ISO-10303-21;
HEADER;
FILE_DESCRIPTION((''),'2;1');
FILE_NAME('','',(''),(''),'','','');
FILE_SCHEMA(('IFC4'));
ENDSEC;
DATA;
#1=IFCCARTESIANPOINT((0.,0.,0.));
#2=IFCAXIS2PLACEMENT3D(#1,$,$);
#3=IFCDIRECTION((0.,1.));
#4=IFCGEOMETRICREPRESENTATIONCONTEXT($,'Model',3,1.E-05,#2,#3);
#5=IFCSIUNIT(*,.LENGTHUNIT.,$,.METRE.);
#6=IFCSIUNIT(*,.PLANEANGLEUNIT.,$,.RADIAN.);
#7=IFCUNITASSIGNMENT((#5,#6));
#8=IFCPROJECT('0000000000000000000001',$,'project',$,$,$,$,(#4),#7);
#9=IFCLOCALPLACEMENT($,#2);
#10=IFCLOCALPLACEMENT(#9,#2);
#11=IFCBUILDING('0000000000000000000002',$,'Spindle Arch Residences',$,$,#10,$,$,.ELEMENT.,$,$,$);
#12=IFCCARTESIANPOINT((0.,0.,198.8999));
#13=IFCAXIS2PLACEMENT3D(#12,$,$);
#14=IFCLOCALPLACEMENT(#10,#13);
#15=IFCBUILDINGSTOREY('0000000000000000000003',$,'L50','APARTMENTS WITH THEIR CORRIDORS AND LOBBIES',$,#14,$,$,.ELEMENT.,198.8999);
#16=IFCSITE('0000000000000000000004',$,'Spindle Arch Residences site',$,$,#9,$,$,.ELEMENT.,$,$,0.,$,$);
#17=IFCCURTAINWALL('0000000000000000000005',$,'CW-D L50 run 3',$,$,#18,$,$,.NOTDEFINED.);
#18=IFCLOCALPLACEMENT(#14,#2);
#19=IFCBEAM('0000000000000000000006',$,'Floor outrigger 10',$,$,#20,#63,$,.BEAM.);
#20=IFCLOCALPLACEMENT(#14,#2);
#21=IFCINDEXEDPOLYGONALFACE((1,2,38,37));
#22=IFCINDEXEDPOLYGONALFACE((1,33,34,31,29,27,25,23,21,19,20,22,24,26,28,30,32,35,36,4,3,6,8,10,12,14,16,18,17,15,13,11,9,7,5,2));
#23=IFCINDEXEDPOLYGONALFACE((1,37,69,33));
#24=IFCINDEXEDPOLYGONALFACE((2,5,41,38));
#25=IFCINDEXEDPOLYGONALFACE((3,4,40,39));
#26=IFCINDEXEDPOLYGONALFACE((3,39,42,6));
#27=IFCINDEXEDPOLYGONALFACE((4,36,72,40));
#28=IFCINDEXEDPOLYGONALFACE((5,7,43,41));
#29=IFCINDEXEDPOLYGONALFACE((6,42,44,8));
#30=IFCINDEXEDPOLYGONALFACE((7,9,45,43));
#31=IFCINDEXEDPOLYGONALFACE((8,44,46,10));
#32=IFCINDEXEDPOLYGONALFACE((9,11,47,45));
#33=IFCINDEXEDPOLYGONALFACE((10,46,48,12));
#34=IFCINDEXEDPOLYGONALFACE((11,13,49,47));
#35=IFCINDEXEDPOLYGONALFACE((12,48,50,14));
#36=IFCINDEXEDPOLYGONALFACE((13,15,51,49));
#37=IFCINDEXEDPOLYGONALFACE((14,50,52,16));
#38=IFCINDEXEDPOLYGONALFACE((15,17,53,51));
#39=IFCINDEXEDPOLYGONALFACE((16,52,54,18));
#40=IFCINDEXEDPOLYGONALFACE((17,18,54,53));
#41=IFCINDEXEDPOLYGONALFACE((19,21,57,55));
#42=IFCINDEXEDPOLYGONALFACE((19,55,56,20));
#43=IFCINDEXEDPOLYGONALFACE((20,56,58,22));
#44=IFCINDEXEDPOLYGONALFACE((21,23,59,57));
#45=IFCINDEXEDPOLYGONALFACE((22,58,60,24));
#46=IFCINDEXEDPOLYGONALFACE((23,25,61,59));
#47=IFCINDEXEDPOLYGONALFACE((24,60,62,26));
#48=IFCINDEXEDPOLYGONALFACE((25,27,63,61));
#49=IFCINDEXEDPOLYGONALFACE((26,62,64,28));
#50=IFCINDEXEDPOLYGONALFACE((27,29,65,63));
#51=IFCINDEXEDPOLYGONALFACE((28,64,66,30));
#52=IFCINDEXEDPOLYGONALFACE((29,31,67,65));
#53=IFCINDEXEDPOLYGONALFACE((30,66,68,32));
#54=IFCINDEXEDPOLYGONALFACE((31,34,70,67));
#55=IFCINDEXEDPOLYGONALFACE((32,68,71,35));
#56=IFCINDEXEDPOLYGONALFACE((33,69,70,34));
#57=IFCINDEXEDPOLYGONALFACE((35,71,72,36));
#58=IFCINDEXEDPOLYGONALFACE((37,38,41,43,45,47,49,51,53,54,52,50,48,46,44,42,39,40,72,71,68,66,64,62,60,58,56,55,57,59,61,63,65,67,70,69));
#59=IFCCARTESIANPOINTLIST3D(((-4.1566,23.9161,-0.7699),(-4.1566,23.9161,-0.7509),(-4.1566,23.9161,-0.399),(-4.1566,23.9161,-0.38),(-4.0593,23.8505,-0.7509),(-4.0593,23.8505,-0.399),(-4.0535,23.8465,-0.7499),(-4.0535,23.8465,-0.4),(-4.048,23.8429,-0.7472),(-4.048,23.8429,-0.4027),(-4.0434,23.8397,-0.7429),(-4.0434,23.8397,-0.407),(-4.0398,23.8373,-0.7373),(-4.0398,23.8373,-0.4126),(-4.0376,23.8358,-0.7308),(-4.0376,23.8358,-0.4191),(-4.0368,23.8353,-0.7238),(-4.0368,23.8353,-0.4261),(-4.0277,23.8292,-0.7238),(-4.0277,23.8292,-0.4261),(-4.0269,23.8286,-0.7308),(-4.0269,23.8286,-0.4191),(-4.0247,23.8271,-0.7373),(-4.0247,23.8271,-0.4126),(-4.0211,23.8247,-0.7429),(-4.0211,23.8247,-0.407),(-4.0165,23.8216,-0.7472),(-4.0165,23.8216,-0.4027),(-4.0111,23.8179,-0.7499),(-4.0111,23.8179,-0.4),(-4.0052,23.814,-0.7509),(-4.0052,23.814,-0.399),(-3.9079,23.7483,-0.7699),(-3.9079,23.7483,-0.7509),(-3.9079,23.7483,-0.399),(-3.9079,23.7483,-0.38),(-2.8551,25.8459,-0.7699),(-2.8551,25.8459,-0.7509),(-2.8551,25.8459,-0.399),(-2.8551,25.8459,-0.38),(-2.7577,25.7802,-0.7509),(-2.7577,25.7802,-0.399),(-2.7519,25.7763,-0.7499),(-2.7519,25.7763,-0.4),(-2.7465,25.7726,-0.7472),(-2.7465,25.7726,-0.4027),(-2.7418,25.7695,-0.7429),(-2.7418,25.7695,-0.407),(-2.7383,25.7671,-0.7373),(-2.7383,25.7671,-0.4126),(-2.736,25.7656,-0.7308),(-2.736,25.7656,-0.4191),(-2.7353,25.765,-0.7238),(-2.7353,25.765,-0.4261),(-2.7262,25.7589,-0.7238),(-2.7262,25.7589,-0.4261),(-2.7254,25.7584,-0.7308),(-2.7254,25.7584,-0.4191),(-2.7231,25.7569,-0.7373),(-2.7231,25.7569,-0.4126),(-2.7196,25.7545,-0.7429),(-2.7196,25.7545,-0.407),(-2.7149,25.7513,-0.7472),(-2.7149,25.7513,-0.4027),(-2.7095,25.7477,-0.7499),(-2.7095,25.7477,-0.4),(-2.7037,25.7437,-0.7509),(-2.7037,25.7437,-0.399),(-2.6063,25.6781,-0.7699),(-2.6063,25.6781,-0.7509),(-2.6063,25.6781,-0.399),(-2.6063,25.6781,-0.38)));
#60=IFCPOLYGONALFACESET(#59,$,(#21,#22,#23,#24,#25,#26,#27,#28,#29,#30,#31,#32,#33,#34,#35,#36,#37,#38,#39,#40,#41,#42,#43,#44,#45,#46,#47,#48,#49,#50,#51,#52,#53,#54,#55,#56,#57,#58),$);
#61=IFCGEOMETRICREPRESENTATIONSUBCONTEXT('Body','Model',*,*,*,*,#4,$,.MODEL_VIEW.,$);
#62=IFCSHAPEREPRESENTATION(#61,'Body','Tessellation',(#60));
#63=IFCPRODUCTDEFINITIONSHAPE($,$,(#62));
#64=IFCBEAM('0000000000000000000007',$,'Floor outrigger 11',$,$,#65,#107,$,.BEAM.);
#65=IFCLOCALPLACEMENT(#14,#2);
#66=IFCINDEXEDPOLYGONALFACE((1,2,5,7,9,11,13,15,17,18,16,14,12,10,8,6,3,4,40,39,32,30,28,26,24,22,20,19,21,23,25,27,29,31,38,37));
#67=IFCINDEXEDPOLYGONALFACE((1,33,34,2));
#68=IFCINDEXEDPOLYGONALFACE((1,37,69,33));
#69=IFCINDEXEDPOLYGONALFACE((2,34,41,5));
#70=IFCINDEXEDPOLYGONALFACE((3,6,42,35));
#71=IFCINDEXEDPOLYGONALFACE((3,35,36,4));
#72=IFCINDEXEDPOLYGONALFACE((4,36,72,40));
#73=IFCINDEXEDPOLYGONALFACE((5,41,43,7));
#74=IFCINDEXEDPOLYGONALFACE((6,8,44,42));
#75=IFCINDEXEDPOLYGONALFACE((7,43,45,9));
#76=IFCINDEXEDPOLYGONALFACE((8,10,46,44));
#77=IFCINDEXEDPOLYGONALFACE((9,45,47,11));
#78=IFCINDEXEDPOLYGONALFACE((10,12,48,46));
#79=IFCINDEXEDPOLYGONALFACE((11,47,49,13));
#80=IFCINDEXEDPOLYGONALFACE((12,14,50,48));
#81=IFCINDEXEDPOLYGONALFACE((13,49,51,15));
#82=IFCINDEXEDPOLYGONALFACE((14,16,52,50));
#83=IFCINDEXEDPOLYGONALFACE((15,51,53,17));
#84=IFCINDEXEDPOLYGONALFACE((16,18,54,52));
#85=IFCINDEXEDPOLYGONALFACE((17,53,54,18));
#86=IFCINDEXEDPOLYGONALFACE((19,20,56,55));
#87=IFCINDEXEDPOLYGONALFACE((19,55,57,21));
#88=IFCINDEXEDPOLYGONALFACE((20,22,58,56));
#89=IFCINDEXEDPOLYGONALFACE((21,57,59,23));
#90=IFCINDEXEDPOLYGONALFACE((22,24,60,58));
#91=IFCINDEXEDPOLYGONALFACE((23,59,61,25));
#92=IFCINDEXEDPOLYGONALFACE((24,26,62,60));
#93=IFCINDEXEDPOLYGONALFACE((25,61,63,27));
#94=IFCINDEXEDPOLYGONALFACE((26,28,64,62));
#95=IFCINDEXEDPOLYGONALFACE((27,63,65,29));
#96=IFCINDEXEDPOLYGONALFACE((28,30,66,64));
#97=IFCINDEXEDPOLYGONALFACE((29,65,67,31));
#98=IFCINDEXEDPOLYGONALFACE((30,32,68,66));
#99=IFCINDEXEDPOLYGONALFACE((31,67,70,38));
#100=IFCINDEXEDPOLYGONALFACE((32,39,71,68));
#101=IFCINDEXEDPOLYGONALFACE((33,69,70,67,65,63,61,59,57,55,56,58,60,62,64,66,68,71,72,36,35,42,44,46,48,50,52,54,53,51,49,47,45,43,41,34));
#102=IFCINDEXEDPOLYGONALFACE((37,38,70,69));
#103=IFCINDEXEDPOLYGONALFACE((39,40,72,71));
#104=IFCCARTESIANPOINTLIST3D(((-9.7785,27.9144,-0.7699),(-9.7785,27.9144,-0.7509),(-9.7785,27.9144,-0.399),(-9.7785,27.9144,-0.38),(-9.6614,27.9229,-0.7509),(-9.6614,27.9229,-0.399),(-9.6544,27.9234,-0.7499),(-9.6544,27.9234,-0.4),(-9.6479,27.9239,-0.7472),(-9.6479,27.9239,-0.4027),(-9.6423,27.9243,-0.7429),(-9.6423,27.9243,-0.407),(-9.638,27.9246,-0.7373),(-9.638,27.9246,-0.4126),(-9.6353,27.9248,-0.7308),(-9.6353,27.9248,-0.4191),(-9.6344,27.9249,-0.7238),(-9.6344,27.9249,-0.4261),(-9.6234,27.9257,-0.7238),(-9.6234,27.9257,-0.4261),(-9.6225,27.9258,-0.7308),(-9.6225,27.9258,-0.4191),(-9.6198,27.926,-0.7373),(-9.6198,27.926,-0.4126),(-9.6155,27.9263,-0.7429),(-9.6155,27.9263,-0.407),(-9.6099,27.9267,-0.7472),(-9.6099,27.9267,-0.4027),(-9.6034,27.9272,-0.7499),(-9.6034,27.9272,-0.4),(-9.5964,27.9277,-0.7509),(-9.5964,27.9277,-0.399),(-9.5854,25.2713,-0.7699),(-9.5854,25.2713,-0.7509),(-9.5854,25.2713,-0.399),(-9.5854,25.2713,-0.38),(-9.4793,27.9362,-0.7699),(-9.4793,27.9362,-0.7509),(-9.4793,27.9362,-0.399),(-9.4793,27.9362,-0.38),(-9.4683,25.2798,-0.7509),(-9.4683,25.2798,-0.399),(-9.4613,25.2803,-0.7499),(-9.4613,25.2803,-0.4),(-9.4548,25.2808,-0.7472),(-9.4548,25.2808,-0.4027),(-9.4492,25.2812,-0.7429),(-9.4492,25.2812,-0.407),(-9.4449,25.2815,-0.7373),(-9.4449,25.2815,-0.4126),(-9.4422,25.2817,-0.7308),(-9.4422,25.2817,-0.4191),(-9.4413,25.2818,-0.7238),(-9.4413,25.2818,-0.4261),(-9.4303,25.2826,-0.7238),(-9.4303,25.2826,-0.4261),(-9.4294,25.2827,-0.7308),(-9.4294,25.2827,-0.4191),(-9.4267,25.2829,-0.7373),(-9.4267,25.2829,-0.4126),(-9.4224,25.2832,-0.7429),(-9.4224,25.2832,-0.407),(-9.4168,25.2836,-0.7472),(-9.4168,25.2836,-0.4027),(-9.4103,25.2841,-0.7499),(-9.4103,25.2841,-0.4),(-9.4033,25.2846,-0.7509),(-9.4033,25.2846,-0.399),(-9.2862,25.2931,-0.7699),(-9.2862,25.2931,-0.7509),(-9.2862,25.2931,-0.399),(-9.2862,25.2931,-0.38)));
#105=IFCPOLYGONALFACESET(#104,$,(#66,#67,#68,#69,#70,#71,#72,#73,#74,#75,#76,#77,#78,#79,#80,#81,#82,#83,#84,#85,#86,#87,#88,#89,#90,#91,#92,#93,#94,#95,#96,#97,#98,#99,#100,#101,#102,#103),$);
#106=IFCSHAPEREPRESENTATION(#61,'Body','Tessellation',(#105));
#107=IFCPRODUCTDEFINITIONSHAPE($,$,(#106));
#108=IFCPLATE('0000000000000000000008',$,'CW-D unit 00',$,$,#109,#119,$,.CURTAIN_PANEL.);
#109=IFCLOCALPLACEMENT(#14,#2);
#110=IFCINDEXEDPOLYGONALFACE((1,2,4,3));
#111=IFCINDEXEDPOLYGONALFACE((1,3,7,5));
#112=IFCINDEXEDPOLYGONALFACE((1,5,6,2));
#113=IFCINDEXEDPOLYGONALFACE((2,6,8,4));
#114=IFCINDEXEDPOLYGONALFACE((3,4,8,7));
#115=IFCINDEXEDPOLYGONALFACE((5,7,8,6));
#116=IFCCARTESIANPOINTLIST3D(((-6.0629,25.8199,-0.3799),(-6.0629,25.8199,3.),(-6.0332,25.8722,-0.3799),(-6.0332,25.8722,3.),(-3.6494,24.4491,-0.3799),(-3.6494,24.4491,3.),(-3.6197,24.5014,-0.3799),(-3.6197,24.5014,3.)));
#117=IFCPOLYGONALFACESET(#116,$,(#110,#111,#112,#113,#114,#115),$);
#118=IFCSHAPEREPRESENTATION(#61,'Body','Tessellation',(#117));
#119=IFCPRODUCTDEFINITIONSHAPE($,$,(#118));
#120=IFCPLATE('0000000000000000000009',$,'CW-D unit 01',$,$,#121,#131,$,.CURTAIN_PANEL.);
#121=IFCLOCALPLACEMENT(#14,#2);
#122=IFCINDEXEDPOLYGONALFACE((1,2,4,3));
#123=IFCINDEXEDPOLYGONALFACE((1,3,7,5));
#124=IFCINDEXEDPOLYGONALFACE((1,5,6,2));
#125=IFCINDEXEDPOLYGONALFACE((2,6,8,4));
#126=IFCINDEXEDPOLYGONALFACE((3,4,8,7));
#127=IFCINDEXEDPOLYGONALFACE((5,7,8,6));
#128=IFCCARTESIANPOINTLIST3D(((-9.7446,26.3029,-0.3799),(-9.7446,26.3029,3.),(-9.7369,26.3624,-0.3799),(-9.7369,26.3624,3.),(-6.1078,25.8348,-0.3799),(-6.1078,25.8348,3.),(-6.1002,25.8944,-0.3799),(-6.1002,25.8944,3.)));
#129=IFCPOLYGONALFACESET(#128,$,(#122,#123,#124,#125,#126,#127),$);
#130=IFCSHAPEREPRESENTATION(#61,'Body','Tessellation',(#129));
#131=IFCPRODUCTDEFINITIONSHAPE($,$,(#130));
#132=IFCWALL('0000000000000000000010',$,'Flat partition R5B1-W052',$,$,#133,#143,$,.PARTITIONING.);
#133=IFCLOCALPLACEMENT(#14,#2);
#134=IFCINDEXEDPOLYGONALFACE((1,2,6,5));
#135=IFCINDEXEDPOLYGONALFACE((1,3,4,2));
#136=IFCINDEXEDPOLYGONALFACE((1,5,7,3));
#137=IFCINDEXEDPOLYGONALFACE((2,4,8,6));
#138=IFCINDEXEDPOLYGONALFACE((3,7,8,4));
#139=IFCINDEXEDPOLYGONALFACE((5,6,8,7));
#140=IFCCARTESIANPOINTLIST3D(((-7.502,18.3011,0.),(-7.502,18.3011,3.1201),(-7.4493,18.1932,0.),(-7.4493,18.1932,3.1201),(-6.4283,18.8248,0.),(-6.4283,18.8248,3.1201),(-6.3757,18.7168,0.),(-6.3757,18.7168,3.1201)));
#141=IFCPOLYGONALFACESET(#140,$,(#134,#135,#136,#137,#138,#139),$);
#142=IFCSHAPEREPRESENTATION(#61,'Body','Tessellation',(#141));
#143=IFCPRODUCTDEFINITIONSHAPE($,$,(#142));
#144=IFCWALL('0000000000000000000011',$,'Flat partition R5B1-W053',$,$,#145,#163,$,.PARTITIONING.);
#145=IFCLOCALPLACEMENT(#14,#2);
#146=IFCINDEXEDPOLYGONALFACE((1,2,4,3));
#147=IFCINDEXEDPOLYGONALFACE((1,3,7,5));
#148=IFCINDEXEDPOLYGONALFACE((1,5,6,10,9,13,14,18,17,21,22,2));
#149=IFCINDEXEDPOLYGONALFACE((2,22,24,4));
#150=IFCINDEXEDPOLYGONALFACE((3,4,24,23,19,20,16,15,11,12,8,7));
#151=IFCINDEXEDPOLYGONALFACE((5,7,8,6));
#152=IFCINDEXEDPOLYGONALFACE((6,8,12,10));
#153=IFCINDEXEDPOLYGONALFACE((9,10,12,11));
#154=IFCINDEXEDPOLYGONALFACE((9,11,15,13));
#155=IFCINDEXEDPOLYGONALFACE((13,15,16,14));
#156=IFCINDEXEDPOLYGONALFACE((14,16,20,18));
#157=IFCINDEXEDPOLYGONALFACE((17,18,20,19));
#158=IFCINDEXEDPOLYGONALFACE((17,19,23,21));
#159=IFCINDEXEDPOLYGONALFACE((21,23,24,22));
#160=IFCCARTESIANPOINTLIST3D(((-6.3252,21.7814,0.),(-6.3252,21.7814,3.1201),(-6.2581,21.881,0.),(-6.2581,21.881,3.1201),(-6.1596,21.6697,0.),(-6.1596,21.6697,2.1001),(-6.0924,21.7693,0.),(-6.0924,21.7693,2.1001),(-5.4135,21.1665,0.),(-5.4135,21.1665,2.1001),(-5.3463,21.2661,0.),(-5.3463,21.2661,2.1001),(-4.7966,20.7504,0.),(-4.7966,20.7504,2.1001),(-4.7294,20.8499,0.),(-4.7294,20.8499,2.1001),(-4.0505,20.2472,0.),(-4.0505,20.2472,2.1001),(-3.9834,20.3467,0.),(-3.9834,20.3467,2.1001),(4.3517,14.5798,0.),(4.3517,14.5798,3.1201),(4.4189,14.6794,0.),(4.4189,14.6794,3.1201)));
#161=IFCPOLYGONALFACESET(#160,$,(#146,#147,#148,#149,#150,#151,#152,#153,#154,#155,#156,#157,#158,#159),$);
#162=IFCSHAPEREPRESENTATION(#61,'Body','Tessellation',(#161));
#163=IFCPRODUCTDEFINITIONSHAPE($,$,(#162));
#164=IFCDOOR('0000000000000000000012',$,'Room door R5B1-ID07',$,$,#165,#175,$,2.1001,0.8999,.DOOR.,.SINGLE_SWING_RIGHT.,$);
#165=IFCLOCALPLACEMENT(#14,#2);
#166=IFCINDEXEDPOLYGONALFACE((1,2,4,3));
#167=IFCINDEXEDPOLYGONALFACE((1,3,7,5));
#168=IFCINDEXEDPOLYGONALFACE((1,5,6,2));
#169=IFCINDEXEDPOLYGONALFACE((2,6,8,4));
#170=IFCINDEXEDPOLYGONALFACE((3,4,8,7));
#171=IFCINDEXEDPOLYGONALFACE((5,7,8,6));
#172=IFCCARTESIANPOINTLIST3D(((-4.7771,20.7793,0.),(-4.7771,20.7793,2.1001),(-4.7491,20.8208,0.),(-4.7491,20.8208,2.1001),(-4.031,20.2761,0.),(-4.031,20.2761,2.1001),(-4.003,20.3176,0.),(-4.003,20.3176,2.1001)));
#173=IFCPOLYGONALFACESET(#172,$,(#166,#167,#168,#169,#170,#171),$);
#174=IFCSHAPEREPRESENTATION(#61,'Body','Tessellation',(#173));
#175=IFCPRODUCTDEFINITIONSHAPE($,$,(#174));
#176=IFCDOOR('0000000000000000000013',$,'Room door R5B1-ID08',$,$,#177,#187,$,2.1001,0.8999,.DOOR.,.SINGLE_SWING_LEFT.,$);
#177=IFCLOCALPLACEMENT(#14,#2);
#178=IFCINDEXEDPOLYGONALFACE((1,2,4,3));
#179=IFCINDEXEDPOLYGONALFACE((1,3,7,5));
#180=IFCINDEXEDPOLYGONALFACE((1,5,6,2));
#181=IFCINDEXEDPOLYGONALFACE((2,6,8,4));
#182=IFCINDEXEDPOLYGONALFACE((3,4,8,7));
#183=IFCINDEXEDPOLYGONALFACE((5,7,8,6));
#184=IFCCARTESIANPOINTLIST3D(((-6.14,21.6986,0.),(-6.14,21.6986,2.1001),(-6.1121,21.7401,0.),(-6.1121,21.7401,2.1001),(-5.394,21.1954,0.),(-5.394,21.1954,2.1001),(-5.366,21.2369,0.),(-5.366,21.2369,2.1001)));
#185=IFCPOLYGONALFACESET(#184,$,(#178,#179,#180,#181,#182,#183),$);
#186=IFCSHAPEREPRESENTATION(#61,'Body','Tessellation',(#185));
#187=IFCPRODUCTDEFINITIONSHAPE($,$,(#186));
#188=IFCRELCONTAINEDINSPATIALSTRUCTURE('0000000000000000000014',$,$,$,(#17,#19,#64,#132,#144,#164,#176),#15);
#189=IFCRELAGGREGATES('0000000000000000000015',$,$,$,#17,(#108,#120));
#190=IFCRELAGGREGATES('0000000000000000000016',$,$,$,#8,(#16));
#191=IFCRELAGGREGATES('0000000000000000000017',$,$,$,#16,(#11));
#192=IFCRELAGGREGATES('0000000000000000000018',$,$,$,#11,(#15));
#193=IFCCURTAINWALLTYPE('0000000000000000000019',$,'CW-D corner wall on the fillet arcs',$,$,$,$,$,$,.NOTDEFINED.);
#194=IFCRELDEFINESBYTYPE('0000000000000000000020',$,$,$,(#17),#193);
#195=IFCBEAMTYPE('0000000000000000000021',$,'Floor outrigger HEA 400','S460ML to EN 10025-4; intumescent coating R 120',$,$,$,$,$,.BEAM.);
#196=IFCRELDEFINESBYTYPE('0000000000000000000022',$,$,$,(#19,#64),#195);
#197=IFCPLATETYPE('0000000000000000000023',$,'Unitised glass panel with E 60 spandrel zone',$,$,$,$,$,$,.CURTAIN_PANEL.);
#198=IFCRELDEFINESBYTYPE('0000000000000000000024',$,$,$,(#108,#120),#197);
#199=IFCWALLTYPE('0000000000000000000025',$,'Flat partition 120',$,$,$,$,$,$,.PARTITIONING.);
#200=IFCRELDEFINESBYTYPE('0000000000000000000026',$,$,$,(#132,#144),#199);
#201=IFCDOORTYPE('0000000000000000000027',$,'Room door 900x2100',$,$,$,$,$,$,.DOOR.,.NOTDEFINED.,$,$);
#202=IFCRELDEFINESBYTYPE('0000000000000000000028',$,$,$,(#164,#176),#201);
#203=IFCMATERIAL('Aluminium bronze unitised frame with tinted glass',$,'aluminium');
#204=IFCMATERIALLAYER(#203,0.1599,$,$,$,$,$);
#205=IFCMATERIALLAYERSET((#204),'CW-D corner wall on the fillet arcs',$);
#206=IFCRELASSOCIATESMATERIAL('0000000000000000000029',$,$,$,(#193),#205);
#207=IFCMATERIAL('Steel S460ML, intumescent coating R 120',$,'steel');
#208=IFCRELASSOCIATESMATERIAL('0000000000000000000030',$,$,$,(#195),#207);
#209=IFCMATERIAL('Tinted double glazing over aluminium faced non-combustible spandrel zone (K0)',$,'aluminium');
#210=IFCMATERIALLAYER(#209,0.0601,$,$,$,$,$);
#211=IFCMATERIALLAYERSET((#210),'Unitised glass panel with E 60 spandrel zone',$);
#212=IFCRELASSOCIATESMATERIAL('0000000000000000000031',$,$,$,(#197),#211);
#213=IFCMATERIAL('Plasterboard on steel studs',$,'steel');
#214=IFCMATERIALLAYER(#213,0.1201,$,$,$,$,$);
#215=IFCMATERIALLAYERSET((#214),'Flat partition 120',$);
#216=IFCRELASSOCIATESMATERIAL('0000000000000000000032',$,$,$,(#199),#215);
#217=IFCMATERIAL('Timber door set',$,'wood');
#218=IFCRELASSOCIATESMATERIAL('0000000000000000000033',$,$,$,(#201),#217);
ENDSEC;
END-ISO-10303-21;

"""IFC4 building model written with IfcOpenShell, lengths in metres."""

from ifc_helpers import new_model, si_unit, direction, frame, frame_2d, origin, origin_2d, place, context, subcontext, project, spatial, rectangle, i_section, extrude, material, layer, layer_set, material_profile, profile_set, type_object, element, fill, aggregate, save


model = new_model("IFC4")

# Units and contexts
model_context = context("Model", 3, precision=1e-05, world=origin(), true_north=direction((0.0, 1.0)))
body_context = subcontext(model_context, "Body", "Model", "MODEL_VIEW")
ifc_project = project(units=[si_unit("LENGTHUNIT", "METRE"), si_unit("PLANEANGLEUNIT", "RADIAN")], contexts=[model_context])

# Site, building, storey
site_placement = place(None, origin())
site = spatial("IfcSite", under=ifc_project, at=site_placement, Name="Spindle Arch Residences site", CompositionType="ELEMENT", RefElevation=0.0)
building_placement = place(site_placement, origin())
building = spatial("IfcBuilding", under=site, at=building_placement, Name="Spindle Arch Residences", CompositionType="ELEMENT")
storey_placement = place(building_placement, frame((0.0, 0.0, 198.8999)))
storey = spatial("IfcBuildingStorey", under=building, at=storey_placement, Name="L50", Description="APARTMENTS WITH THEIR CORRIDORS AND LOBBIES", CompositionType="ELEMENT", Elevation=198.8999)

# Curtain wall
ifc_material_1 = material(Name="Aluminium bronze unitised frame with tinted glass", Category="aluminium")
ifc_layer_1 = layer(ifc_material_1, 0.1599)
ifc_layer_set_1 = layer_set([ifc_layer_1], Name="CW-D corner wall on the fillet arcs")
curtain_wall_type = type_object("IfcCurtainWallType", Name="CW-D corner wall on the fillet arcs", PredefinedType="NOTDEFINED", material=ifc_layer_set_1)
curtain_wall_placement = place(storey_placement, origin())
curtain_wall = element("IfcCurtainWall", 1, at=curtain_wall_placement, inside=storey, type_object=curtain_wall_type, Name="CW-D L50 run 3", PredefinedType="NOTDEFINED")

# Beams
ifc_material_2 = material(Name="Steel S460ML, intumescent coating R 120", Category="steel")
ifc_material_profile_1 = material_profile(ifc_material_2, i_section(OverallWidth=0.3, OverallDepth=0.3899, WebThickness=0.011, FlangeThickness=0.019, FilletRadius=0.0271, at=origin_2d()), Name="HEA 400")
ifc_profile_set_1 = profile_set([ifc_material_profile_1], Name="Steel S460ML, intumescent coating R 120")
beam_type_1 = type_object("IfcBeamType", Name="Floor outrigger HEA 400", Description="S460ML to EN 10025-4; intumescent coating R 120", PredefinedType="BEAM", material=ifc_profile_set_1)
beam_1_placement = place(storey_placement, frame((-2.7307, 25.762, -0.575), z_axis=(-0.55917, -0.829053, 0.0), x_axis=(0.829053, -0.55917, 0.0)))
element("IfcBeam", 2, at=beam_1_placement, inside=storey, type_object=beam_type_1, Name="Floor outrigger 10", PredefinedType="BEAM", context=body_context, shape_type="SweptSolid", body=[
    extrude(i_section(OverallWidth=0.3, OverallDepth=0.3899, WebThickness=0.011, FlangeThickness=0.019, FilletRadius=0.0271, at=origin_2d()), origin(), (0.0, 0.0, 1.0), 2.3276),
])
beam_2_placement = place(storey_placement, frame((-9.6289, 27.9253, -0.575), z_axis=(0.072871, -0.997341, 0.0), x_axis=(0.997341, 0.072871, 0.0)))
element("IfcBeam", 3, at=beam_2_placement, inside=storey, type_object=beam_type_1, Name="Floor outrigger 11", PredefinedType="BEAM", context=body_context, shape_type="SweptSolid", body=[
    extrude(i_section(OverallWidth=0.3, OverallDepth=0.3899, WebThickness=0.011, FlangeThickness=0.019, FilletRadius=0.0271, at=origin_2d()), origin(), (0.0, 0.0, 1.0), 2.6501),
])

# Plates
ifc_material_3 = material(Name="Tinted double glazing over aluminium faced non-combustible spandrel zone (K0)", Category="aluminium")
ifc_layer_2 = layer(ifc_material_3, 0.0601)
ifc_layer_set_2 = layer_set([ifc_layer_2], Name="Unitised glass panel with E 60 spandrel zone")
plate_type = type_object("IfcPlateType", Name="Unitised glass panel with E 60 spandrel zone", PredefinedType="CURTAIN_PANEL", material=ifc_layer_set_2)
plate_1_placement = place(storey_placement, frame((-4.8413, 25.1606, -0.3799), z_axis=(0.0, 0.0, 1.0), x_axis=(-0.869539, 0.493865, 0.0)))
plate_1 = element("IfcPlate", 4, at=plate_1_placement, type_object=plate_type, Name="CW-D unit 00", PredefinedType="CURTAIN_PANEL", context=body_context, shape_type="SweptSolid", body=[
    extrude(rectangle(XDim=2.7756, YDim=0.0601, at=origin_2d()), origin(), (0.0, 0.0, 1.0), 3.3799),
])
plate_2_placement = place(storey_placement, frame((-7.9224, 26.0986, -0.3799), z_axis=(0.0, 0.0, 1.0), x_axis=(-0.99182, 0.127642, 0.0)))
plate_2 = element("IfcPlate", 5, at=plate_2_placement, type_object=plate_type, Name="CW-D unit 01", PredefinedType="CURTAIN_PANEL", context=body_context, shape_type="SweptSolid", body=[
    extrude(rectangle(XDim=3.6667, YDim=0.0601, at=origin_2d()), origin(), (0.0, 0.0, 1.0), 3.3799),
])
aggregate(curtain_wall, [plate_1, plate_2])

# Wall
ifc_material_4 = material(Name="Plasterboard on steel studs", Category="steel")
ifc_layer_3 = layer(ifc_material_4, 0.1201)
ifc_layer_set_3 = layer_set([ifc_layer_3], Name="Flat partition 120")
wall_type = type_object("IfcWallType", Name="Flat partition 120", PredefinedType="PARTITIONING", material=ifc_layer_set_3)
wall_1_placement = place(storey_placement, frame((-6.4021, 18.7708, 0.0), z_axis=(0.0, 0.0, 1.0), x_axis=(-0.898798, -0.438363, 0.0)))
element("IfcWall", 6, at=wall_1_placement, inside=storey, type_object=wall_type, Name="Flat partition R5B1-W052", PredefinedType="PARTITIONING", context=body_context, shape_type="SweptSolid", body=[
    extrude(rectangle(XDim=1.1946, YDim=0.1201, at=frame_2d((0.5972, 0.0))), origin(), (0.0, 0.0, 1.0), 3.1201),
])

# Wall, openings, doors
wall_2_placement = place(storey_placement, frame((-6.2917, 21.8313, 0.0), z_axis=(0.0, 0.0, 1.0), x_axis=(0.82904, -0.559189, 0.0)))
wall_2 = element("IfcWall", 7, at=wall_2_placement, inside=storey, type_object=wall_type, Name="Flat partition R5B1-W053", PredefinedType="PARTITIONING", context=body_context, shape_type="SweptSolid", body=[
    extrude(rectangle(XDim=12.8787, YDim=0.1201, at=frame_2d((6.4395, 0.0))), origin(), (0.0, 0.0, 1.0), 3.1201),
])
opening_1_placement = place(wall_2_placement, frame((1.844, 0.0, 0.0)))
opening_1 = element("IfcOpeningElement", 8, at=opening_1_placement, cuts=wall_2, PredefinedType="OPENING", context=body_context, shape_type="SweptSolid", body=[
    extrude(rectangle(XDim=0.8999, YDim=2.1001, at=frame_2d((0.45, 1.05))), frame((0.0, 0.0701, 0.0), z_axis=(0.0, -1.0, 0.0), x_axis=(1.0, 0.0, 0.0)), (0.0, 0.0, 1.0), 0.1401),
])
opening_2_placement = place(wall_2_placement, frame((0.2, 0.0, 0.0)))
opening_2 = element("IfcOpeningElement", 9, at=opening_2_placement, cuts=wall_2, PredefinedType="OPENING", context=body_context, shape_type="SweptSolid", body=[
    extrude(rectangle(XDim=0.8999, YDim=2.1001, at=frame_2d((0.45, 1.05))), frame((0.0, 0.0701, 0.0), z_axis=(0.0, -1.0, 0.0), x_axis=(1.0, 0.0, 0.0)), (0.0, 0.0, 1.0), 0.1401),
])
ifc_material_5 = material(Name="Timber door set", Category="wood")
door_type = type_object("IfcDoorType", Name="Room door 900x2100", OperationType="NOTDEFINED", PredefinedType="DOOR", material=ifc_material_5)
door_1_placement = place(opening_1_placement, origin())
door_1 = element("IfcDoor", 10, at=door_1_placement, inside=storey, type_object=door_type, Name="Room door R5B1-ID07", OperationType="SINGLE_SWING_RIGHT", OverallHeight=2.1001, OverallWidth=0.8999, PredefinedType="DOOR", context=body_context, shape_type="SweptSolid", body=[
    extrude(rectangle(XDim=0.8999, YDim=2.1001, at=frame_2d((0.45, 1.05))), frame((0.0, 0.0249, 0.0), z_axis=(0.0, -1.0, 0.0), x_axis=(1.0, 0.0, 0.0)), (0.0, 0.0, 1.0), 0.05),
])
fill(opening_1, door_1)
door_2_placement = place(opening_2_placement, origin())
door_2 = element("IfcDoor", 11, at=door_2_placement, inside=storey, type_object=door_type, Name="Room door R5B1-ID08", OperationType="SINGLE_SWING_LEFT", OverallHeight=2.1001, OverallWidth=0.8999, PredefinedType="DOOR", context=body_context, shape_type="SweptSolid", body=[
    extrude(rectangle(XDim=0.8999, YDim=2.1001, at=frame_2d((0.45, 1.05))), frame((0.0, 0.0249, 0.0), z_axis=(0.0, -1.0, 0.0), x_axis=(1.0, 0.0, 0.0)), (0.0, 0.0, 1.0), 0.05),
])
fill(opening_2, door_2)

save(model, "model.ifc")
